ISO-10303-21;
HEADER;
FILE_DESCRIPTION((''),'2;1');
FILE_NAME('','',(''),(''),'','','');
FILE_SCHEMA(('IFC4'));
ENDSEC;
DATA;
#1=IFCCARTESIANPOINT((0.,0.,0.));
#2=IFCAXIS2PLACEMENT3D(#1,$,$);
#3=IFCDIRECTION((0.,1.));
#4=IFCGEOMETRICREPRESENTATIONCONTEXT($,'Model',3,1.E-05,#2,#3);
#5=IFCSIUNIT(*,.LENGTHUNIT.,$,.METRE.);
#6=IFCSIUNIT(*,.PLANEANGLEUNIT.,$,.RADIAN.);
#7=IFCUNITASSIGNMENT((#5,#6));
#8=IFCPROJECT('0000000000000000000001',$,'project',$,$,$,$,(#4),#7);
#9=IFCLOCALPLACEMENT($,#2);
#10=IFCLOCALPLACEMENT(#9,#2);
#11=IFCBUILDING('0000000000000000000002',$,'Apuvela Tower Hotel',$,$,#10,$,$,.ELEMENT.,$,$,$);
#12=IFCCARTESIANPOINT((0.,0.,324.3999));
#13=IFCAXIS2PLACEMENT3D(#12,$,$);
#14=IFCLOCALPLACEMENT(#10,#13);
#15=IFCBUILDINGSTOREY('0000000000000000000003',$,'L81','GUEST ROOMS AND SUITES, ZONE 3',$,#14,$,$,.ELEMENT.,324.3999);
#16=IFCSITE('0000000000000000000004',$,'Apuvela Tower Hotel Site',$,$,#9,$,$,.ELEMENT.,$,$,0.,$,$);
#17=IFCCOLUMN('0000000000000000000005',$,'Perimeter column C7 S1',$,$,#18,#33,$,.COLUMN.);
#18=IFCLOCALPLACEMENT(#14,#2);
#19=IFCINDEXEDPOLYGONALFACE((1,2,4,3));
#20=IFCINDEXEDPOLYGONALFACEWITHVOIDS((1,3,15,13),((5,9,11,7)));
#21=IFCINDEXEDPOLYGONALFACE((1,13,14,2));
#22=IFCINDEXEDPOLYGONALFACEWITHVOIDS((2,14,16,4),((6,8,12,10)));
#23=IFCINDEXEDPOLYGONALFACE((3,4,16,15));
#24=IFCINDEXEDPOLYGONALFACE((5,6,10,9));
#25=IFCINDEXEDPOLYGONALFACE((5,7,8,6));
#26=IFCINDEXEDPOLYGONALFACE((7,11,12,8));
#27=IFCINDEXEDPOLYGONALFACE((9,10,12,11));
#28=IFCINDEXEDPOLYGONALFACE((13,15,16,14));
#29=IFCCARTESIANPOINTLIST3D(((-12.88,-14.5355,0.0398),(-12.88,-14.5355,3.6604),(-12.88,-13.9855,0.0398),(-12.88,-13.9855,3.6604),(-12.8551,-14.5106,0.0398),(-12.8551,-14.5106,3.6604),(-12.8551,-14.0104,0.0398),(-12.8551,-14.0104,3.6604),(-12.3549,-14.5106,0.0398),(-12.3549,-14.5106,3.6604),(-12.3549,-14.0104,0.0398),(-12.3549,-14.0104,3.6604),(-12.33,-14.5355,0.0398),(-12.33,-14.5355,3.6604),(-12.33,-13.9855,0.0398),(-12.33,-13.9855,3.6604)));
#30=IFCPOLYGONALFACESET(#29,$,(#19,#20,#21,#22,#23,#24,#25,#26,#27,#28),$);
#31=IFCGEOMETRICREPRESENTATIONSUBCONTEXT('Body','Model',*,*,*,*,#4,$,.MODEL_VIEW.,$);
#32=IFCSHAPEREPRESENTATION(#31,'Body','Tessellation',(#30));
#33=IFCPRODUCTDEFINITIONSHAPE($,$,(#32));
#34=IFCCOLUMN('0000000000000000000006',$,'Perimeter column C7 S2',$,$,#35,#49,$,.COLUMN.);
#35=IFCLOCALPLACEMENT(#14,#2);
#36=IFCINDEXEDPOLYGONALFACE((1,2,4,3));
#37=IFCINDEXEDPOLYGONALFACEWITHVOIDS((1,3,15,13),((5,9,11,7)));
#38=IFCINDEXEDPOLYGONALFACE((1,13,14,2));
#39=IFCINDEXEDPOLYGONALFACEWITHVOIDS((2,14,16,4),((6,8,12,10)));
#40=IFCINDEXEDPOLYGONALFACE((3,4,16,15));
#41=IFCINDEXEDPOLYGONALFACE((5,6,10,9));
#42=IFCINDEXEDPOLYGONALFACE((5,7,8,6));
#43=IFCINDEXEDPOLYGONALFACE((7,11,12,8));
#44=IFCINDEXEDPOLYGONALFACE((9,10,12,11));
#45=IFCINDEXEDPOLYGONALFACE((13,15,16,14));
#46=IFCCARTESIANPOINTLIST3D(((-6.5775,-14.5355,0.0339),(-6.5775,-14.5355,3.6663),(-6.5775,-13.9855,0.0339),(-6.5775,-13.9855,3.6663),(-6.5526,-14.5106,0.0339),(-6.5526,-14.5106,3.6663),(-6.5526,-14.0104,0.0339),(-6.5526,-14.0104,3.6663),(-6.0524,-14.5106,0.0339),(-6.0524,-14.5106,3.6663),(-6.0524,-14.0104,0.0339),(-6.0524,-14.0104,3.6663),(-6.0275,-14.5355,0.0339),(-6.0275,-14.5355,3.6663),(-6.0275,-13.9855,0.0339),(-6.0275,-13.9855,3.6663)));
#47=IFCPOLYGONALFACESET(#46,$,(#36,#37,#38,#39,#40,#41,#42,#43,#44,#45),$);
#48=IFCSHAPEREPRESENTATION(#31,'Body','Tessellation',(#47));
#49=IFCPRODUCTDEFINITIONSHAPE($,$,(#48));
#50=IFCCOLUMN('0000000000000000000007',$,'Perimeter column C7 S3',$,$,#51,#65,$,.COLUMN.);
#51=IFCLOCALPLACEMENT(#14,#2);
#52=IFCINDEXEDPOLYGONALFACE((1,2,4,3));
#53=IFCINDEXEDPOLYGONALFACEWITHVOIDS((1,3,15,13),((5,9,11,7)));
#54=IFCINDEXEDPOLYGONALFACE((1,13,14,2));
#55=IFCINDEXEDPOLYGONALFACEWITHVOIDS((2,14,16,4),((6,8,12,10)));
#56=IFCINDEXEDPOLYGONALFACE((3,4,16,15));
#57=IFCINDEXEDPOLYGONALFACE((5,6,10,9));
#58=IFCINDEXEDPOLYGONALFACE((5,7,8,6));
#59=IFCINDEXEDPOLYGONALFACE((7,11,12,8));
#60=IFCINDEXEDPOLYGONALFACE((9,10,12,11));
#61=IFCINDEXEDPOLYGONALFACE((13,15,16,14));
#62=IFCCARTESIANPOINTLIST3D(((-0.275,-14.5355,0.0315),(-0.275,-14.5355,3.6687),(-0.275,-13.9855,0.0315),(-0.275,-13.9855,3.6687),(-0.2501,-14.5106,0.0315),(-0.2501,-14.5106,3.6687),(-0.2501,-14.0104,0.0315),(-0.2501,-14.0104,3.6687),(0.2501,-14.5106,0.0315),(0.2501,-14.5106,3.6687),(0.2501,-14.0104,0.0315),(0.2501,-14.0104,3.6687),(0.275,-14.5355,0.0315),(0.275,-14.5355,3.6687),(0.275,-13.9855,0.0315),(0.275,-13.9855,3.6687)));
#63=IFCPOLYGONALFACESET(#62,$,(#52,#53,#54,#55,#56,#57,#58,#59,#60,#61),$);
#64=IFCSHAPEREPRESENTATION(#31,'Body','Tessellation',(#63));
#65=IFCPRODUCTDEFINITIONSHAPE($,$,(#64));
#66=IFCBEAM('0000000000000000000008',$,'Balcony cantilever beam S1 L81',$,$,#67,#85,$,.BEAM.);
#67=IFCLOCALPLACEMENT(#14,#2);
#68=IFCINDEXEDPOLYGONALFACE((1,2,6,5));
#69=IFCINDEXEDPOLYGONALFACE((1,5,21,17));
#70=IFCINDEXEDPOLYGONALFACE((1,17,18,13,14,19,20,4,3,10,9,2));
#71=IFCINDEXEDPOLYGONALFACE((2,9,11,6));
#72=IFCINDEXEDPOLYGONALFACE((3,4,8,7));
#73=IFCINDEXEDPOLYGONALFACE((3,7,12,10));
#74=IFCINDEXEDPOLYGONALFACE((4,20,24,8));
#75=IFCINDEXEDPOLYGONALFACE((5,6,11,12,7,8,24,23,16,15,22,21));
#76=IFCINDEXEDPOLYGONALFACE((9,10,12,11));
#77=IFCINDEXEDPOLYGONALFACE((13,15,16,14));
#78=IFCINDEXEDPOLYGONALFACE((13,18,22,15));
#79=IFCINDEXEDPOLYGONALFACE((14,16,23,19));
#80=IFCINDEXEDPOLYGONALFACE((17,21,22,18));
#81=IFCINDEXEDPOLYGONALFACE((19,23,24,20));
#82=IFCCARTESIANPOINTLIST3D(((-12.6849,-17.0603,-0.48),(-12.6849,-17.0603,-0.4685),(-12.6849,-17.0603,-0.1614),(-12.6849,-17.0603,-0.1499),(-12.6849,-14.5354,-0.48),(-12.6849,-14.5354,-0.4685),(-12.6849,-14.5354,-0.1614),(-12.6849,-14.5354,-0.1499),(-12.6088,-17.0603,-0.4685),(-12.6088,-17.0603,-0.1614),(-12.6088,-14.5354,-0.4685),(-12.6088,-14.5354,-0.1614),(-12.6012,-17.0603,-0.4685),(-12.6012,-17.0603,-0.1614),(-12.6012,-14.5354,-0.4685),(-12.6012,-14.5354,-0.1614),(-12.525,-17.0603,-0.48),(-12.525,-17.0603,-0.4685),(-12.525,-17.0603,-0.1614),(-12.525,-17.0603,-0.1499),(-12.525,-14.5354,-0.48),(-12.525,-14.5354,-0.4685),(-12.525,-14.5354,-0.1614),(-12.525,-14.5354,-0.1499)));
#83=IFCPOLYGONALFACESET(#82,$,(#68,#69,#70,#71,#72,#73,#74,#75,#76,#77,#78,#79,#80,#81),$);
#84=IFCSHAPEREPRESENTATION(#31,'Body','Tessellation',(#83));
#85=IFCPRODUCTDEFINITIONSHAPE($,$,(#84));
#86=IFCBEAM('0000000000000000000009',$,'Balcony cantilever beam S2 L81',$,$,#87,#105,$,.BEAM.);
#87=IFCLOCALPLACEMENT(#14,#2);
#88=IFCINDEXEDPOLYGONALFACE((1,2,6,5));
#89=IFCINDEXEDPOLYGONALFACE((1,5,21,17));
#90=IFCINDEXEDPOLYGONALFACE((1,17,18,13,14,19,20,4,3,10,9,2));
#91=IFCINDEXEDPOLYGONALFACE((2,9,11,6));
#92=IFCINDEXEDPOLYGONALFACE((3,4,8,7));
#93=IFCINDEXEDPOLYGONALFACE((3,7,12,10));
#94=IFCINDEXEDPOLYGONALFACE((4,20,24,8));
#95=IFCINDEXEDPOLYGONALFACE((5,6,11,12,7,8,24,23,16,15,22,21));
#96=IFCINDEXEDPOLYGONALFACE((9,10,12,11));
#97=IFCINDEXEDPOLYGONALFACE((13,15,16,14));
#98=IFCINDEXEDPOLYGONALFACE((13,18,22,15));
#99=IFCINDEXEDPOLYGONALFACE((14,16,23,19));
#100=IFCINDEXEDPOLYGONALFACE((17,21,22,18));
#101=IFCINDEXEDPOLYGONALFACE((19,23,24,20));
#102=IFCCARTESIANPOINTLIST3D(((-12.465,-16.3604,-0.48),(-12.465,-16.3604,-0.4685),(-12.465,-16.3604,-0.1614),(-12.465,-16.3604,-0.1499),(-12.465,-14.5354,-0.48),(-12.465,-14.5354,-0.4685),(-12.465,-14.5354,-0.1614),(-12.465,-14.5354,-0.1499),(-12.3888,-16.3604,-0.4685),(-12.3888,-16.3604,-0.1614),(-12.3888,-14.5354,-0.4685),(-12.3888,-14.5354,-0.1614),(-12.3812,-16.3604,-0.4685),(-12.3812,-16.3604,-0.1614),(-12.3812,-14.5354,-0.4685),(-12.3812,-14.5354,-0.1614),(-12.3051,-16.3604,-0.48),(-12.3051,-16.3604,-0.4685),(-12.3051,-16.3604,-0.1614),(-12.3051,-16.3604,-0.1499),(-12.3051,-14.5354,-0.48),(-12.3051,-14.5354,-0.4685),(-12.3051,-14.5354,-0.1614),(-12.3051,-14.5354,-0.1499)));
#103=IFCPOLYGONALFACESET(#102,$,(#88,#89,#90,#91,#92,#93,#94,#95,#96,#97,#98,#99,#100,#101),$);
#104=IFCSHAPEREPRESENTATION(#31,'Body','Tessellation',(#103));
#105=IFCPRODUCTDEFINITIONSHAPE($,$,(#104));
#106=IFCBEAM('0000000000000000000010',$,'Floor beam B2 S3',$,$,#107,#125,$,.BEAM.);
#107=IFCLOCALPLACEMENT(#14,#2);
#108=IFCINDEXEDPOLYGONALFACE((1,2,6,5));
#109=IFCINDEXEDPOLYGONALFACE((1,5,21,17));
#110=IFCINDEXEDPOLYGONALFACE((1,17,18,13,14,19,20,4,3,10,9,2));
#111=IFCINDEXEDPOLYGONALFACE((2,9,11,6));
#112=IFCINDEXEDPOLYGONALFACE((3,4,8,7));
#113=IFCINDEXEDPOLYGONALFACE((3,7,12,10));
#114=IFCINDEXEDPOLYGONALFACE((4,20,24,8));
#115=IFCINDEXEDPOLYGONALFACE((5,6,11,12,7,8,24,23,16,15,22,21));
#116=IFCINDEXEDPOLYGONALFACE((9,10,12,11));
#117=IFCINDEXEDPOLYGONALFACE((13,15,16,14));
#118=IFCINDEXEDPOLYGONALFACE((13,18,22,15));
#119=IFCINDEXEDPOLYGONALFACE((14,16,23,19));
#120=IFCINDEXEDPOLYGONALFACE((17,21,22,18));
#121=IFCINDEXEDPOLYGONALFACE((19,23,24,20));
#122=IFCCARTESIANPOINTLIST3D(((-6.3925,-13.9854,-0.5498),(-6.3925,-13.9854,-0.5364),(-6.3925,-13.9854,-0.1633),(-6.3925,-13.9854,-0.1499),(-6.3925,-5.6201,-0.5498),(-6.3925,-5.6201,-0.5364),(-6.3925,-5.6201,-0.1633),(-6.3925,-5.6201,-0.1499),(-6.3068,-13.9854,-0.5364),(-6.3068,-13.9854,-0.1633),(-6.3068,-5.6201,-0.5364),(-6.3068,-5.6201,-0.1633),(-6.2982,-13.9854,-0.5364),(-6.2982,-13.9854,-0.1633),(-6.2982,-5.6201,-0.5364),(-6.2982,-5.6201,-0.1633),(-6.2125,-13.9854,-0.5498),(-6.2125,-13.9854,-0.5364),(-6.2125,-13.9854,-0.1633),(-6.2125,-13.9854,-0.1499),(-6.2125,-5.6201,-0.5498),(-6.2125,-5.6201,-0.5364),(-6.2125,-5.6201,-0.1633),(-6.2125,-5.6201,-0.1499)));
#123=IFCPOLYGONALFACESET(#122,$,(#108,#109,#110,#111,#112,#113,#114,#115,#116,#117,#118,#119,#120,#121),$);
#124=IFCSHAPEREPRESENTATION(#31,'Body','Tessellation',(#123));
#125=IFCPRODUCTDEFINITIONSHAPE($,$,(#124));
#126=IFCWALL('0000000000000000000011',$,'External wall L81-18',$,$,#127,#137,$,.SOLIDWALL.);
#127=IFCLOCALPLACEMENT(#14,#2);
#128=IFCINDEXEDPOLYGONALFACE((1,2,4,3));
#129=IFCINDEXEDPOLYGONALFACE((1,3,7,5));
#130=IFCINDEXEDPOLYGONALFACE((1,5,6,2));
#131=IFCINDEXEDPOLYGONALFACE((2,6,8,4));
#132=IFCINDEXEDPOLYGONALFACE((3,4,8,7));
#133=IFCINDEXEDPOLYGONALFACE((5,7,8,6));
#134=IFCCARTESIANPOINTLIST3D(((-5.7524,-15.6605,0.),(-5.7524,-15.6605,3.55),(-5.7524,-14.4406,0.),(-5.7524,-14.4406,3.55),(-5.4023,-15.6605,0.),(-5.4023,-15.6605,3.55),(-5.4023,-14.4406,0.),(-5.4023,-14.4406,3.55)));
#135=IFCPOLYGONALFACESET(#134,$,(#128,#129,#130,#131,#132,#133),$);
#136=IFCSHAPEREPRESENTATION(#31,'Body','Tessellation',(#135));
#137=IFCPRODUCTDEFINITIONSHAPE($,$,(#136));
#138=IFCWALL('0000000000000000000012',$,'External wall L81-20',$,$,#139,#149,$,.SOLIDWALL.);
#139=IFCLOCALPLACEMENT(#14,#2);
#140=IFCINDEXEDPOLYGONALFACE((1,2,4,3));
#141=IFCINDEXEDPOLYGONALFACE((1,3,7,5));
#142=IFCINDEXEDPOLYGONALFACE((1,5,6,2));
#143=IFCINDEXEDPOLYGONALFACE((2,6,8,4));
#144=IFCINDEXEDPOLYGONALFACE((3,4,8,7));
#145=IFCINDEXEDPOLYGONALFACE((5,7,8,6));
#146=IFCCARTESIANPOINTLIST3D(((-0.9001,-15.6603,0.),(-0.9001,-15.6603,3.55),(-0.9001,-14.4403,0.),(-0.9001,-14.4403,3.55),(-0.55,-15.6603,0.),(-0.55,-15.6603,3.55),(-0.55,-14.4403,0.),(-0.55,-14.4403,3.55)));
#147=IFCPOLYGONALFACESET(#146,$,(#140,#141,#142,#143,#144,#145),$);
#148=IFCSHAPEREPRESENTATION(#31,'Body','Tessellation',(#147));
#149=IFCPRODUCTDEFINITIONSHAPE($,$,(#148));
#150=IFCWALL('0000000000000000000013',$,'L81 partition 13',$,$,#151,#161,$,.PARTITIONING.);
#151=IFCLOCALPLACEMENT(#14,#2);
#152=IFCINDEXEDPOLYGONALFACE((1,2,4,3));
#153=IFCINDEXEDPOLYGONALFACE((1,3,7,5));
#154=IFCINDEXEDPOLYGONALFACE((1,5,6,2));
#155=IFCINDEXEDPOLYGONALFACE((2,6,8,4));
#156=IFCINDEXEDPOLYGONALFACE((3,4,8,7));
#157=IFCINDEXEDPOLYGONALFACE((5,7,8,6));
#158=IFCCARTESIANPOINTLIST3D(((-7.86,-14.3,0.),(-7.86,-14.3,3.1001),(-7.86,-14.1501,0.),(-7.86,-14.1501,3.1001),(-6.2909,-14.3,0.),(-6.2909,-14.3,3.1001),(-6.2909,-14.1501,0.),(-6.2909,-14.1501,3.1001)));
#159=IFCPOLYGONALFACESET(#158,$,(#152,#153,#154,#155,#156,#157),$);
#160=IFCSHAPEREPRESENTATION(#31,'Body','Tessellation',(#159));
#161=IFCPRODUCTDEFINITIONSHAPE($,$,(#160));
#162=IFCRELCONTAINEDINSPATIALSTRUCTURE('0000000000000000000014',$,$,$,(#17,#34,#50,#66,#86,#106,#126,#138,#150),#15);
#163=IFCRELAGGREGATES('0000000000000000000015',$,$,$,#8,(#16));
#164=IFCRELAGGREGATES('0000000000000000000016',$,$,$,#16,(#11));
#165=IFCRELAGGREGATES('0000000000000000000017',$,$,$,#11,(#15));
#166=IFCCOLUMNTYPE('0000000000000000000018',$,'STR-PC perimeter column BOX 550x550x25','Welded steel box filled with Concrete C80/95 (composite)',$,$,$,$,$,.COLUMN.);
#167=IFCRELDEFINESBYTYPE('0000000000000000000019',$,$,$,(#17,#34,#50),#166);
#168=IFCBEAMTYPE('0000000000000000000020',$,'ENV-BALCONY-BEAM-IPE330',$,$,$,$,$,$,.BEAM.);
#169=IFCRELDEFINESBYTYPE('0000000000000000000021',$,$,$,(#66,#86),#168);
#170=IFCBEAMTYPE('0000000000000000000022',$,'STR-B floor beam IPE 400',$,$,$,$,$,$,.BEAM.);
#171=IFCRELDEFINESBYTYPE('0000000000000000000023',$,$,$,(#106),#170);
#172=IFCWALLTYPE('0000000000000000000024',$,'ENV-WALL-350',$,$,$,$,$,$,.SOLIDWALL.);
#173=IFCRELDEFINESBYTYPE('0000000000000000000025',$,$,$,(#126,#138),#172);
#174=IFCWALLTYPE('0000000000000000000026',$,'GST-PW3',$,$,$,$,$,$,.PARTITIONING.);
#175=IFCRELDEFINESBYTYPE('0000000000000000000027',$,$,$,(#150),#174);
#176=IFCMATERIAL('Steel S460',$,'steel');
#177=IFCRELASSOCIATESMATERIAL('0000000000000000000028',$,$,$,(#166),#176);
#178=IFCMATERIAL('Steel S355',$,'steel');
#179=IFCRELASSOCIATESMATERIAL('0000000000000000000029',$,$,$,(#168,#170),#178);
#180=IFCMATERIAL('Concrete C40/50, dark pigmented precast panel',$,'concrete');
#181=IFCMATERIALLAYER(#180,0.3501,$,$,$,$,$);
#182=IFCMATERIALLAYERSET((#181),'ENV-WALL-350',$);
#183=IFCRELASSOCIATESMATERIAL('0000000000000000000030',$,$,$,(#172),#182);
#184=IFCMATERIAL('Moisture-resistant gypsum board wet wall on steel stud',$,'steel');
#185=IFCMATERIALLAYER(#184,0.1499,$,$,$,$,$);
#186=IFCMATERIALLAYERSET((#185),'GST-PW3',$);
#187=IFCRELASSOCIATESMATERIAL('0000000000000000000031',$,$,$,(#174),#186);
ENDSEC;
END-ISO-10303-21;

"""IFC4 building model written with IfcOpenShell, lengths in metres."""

from ifc_helpers import new_model, si_unit, direction, frame, frame_2d, origin, origin_2d, place, context, subcontext, project, spatial, rectangle, hollow_rectangle, i_section, extrude, boolean, halfspace, material, layer, layer_set, material_profile, profile_set, type_object, element, save


model = new_model("IFC4")

# Units and contexts
model_context = context("Model", 3, precision=1e-05, world=origin(), true_north=direction((0.0, 1.0)))
body_context = subcontext(model_context, "Body", "Model", "MODEL_VIEW")
ifc_project = project(units=[si_unit("LENGTHUNIT", "METRE"), si_unit("PLANEANGLEUNIT", "RADIAN")], contexts=[model_context])

# Site, building, storey
site_placement = place(None, origin())
site = spatial("IfcSite", under=ifc_project, at=site_placement, Name="Apuvela Tower Hotel Site", CompositionType="ELEMENT", RefElevation=0.0)
building_placement = place(site_placement, origin())
building = spatial("IfcBuilding", under=site, at=building_placement, Name="Apuvela Tower Hotel", CompositionType="ELEMENT")
storey_placement = place(building_placement, frame((0.0, 0.0, 324.3999)))
storey = spatial("IfcBuildingStorey", under=building, at=storey_placement, Name="L81", Description="GUEST ROOMS AND SUITES, ZONE 3", CompositionType="ELEMENT", Elevation=324.3999)

# Columns
ifc_material_1 = material(Name="Steel S460", Category="steel")
ifc_material_profile_1 = material_profile(ifc_material_1, hollow_rectangle(XDim=0.55, YDim=0.55, WallThickness=0.0249, at=origin_2d()), Name="BOX 550x550x25")
ifc_material_2 = material(Name="Concrete C80/95", Category="concrete")
ifc_material_profile_2 = material_profile(ifc_material_2, rectangle(XDim=0.5, YDim=0.5, at=origin_2d()), Name="Concrete C80/95 infill")
ifc_profile_set_1 = profile_set([ifc_material_profile_1, ifc_material_profile_2], Name="Steel S460")
column_type = type_object("IfcColumnType", Name="STR-PC perimeter column BOX 550x550x25", Description="Welded steel box filled with Concrete C80/95 (composite)", PredefinedType="COLUMN", material=ifc_profile_set_1)
column_1_placement = place(storey_placement, frame((-12.605, -14.2605, 0.0), z_axis=(0.0, 0.0, 1.0), x_axis=(-1.0, 0.0, 0.0)))
element("IfcColumn", 1, at=column_1_placement, inside=storey, type_object=column_type, Name="Perimeter column C7 S1", PredefinedType="COLUMN", context=body_context, shape_type="SweptSolid", body=[
    boolean("DIFFERENCE", boolean("DIFFERENCE", extrude(hollow_rectangle(XDim=0.55, YDim=0.55, WallThickness=0.0249, at=origin_2d()), origin(), (0.0, 0.0, 1.0), 3.7002), halfspace(frame((0.0, 0.0, 0.0398), z_axis=(0.0, 0.0, 1.0), x_axis=(1.0, 0.0, 0.0)), True)), halfspace(frame((0.0, 0.0, 3.6604), z_axis=(0.0, 0.0, 1.0), x_axis=(1.0, 0.0, 0.0)), False)),
])
column_2_placement = place(storey_placement, frame((-6.3025, -14.2605, 0.0), z_axis=(0.0, 0.0, 1.0), x_axis=(-1.0, 0.0, 0.0)))
element("IfcColumn", 2, at=column_2_placement, inside=storey, type_object=column_type, Name="Perimeter column C7 S2", PredefinedType="COLUMN", context=body_context, shape_type="SweptSolid", body=[
    boolean("DIFFERENCE", boolean("DIFFERENCE", extrude(hollow_rectangle(XDim=0.55, YDim=0.55, WallThickness=0.0249, at=origin_2d()), origin(), (0.0, 0.0, 1.0), 3.7002), halfspace(frame((0.0, 0.0, 0.0339), z_axis=(0.0, 0.0, 1.0), x_axis=(1.0, 0.0, 0.0)), True)), halfspace(frame((0.0, 0.0, 3.6663), z_axis=(0.0, 0.0, 1.0), x_axis=(1.0, 0.0, 0.0)), False)),
])
column_3_placement = place(storey_placement, frame((0.0, -14.2605, 0.0), z_axis=(0.0, 0.0, 1.0), x_axis=(-1.0, 0.0, 0.0)))
element("IfcColumn", 3, at=column_3_placement, inside=storey, type_object=column_type, Name="Perimeter column C7 S3", PredefinedType="COLUMN", context=body_context, shape_type="SweptSolid", body=[
    boolean("DIFFERENCE", boolean("DIFFERENCE", extrude(hollow_rectangle(XDim=0.55, YDim=0.55, WallThickness=0.0249, at=origin_2d()), origin(), (0.0, 0.0, 1.0), 3.7002), halfspace(frame((0.0, 0.0, 0.0315), z_axis=(0.0, 0.0, 1.0), x_axis=(1.0, 0.0, 0.0)), True)), halfspace(frame((0.0, 0.0, 3.6687), z_axis=(0.0, 0.0, 1.0), x_axis=(1.0, 0.0, 0.0)), False)),
])

# Beams
ifc_material_3 = material(Name="Steel S355", Category="steel")
ifc_material_profile_3 = material_profile(ifc_material_3, i_section(OverallWidth=0.1599, OverallDepth=0.3301, WebThickness=0.0076, FlangeThickness=0.0115, at=origin_2d()), Name="IPE 330")
ifc_profile_set_2 = profile_set([ifc_material_profile_3], Name="Steel S355")
beam_type_1 = type_object("IfcBeamType", Name="ENV-BALCONY-BEAM-IPE330", PredefinedType="BEAM", material=ifc_profile_set_2)
beam_1_placement = place(storey_placement, frame((-12.605, -14.5354, -0.3149), z_axis=(0.0, -1.0, 0.0), x_axis=(1.0, 0.0, 0.0)))
element("IfcBeam", 4, at=beam_1_placement, inside=storey, type_object=beam_type_1, Name="Balcony cantilever beam S1 L81", PredefinedType="BEAM", context=body_context, shape_type="SweptSolid", body=[
    extrude(i_section(OverallWidth=0.1599, OverallDepth=0.3301, WebThickness=0.0076, FlangeThickness=0.0115, at=origin_2d()), origin(), (0.0, 0.0, 1.0), 2.5249),
])
beam_2_placement = place(storey_placement, frame((-12.385, -14.5354, -0.3149), z_axis=(0.0, -1.0, 0.0), x_axis=(1.0, 0.0, 0.0)))
element("IfcBeam", 5, at=beam_2_placement, inside=storey, type_object=beam_type_1, Name="Balcony cantilever beam S2 L81", PredefinedType="BEAM", context=body_context, shape_type="SweptSolid", body=[
    extrude(i_section(OverallWidth=0.1599, OverallDepth=0.3301, WebThickness=0.0076, FlangeThickness=0.0115, at=origin_2d()), origin(), (0.0, 0.0, 1.0), 1.825),
])
ifc_material_profile_4 = material_profile(ifc_material_3, i_section(OverallWidth=0.1799, OverallDepth=0.3999, WebThickness=0.0085, FlangeThickness=0.0134, at=origin_2d()), Name="IPE 400")
ifc_profile_set_3 = profile_set([ifc_material_profile_4], Name="Steel S355")
beam_type_2 = type_object("IfcBeamType", Name="STR-B floor beam IPE 400", PredefinedType="BEAM", material=ifc_profile_set_3)
beam_3_placement = place(storey_placement, frame((-6.3025, -13.9854, -0.3499), z_axis=(0.0, 1.0, 0.0), x_axis=(-1.0, 0.0, 0.0)))
element("IfcBeam", 6, at=beam_3_placement, inside=storey, type_object=beam_type_2, Name="Floor beam B2 S3", PredefinedType="BEAM", context=body_context, shape_type="SweptSolid", body=[
    extrude(i_section(OverallWidth=0.1799, OverallDepth=0.3999, WebThickness=0.0085, FlangeThickness=0.0134, at=origin_2d()), origin(), (0.0, 0.0, 1.0), 8.3652),
])

# Wall
ifc_material_4 = material(Name="Concrete C40/50, dark pigmented precast panel", Category="concrete")
ifc_layer_1 = layer(ifc_material_4, 0.3501)
ifc_layer_set_1 = layer_set([ifc_layer_1], Name="ENV-WALL-350")
wall_type_1 = type_object("IfcWallType", Name="ENV-WALL-350", PredefinedType="SOLIDWALL", material=ifc_layer_set_1)
wall_1_placement = place(storey_placement, frame((-5.5774, -15.6604, 0.0), z_axis=(0.0, 0.0, 1.0), x_axis=(0.0, 1.0, 0.0)))
element("IfcWall", 7, at=wall_1_placement, inside=storey, type_object=wall_type_1, Name="External wall L81-18", PredefinedType="SOLIDWALL", context=body_context, shape_type="SweptSolid", body=[
    extrude(rectangle(XDim=1.22, YDim=0.3501, at=frame_2d((0.6099, 0.0))), origin(), (0.0, 0.0, 1.0), 3.55),
])

# Wall
wall_2_placement = place(storey_placement, frame((-0.7251, -14.4404, 0.0), z_axis=(0.0, 0.0, 1.0), x_axis=(0.0, -1.0, 0.0)))
element("IfcWall", 8, at=wall_2_placement, inside=storey, type_object=wall_type_1, Name="External wall L81-20", PredefinedType="SOLIDWALL", context=body_context, shape_type="SweptSolid", body=[
    extrude(rectangle(XDim=1.22, YDim=0.3501, at=frame_2d((0.6099, 0.0))), origin(), (0.0, 0.0, 1.0), 3.55),
])

# Wall
ifc_material_5 = material(Name="Moisture-resistant gypsum board wet wall on steel stud", Category="steel")
ifc_layer_2 = layer(ifc_material_5, 0.1499)
ifc_layer_set_2 = layer_set([ifc_layer_2], Name="GST-PW3")
wall_type_2 = type_object("IfcWallType", Name="GST-PW3", PredefinedType="PARTITIONING", material=ifc_layer_set_2)
wall_3_placement = place(storey_placement, frame((-7.8601, -14.2251, 0.0), z_axis=(0.0, 0.0, 1.0), x_axis=(1.0, 0.0, 0.0)))
element("IfcWall", 9, at=wall_3_placement, inside=storey, type_object=wall_type_2, Name="L81 partition 13", PredefinedType="PARTITIONING", context=body_context, shape_type="SweptSolid", body=[
    extrude(rectangle(XDim=1.5691, YDim=0.1499, at=frame_2d((0.7847, 0.0))), origin(), (0.0, 0.0, 1.0), 3.1001),
])

save(model, "model.ifc")
